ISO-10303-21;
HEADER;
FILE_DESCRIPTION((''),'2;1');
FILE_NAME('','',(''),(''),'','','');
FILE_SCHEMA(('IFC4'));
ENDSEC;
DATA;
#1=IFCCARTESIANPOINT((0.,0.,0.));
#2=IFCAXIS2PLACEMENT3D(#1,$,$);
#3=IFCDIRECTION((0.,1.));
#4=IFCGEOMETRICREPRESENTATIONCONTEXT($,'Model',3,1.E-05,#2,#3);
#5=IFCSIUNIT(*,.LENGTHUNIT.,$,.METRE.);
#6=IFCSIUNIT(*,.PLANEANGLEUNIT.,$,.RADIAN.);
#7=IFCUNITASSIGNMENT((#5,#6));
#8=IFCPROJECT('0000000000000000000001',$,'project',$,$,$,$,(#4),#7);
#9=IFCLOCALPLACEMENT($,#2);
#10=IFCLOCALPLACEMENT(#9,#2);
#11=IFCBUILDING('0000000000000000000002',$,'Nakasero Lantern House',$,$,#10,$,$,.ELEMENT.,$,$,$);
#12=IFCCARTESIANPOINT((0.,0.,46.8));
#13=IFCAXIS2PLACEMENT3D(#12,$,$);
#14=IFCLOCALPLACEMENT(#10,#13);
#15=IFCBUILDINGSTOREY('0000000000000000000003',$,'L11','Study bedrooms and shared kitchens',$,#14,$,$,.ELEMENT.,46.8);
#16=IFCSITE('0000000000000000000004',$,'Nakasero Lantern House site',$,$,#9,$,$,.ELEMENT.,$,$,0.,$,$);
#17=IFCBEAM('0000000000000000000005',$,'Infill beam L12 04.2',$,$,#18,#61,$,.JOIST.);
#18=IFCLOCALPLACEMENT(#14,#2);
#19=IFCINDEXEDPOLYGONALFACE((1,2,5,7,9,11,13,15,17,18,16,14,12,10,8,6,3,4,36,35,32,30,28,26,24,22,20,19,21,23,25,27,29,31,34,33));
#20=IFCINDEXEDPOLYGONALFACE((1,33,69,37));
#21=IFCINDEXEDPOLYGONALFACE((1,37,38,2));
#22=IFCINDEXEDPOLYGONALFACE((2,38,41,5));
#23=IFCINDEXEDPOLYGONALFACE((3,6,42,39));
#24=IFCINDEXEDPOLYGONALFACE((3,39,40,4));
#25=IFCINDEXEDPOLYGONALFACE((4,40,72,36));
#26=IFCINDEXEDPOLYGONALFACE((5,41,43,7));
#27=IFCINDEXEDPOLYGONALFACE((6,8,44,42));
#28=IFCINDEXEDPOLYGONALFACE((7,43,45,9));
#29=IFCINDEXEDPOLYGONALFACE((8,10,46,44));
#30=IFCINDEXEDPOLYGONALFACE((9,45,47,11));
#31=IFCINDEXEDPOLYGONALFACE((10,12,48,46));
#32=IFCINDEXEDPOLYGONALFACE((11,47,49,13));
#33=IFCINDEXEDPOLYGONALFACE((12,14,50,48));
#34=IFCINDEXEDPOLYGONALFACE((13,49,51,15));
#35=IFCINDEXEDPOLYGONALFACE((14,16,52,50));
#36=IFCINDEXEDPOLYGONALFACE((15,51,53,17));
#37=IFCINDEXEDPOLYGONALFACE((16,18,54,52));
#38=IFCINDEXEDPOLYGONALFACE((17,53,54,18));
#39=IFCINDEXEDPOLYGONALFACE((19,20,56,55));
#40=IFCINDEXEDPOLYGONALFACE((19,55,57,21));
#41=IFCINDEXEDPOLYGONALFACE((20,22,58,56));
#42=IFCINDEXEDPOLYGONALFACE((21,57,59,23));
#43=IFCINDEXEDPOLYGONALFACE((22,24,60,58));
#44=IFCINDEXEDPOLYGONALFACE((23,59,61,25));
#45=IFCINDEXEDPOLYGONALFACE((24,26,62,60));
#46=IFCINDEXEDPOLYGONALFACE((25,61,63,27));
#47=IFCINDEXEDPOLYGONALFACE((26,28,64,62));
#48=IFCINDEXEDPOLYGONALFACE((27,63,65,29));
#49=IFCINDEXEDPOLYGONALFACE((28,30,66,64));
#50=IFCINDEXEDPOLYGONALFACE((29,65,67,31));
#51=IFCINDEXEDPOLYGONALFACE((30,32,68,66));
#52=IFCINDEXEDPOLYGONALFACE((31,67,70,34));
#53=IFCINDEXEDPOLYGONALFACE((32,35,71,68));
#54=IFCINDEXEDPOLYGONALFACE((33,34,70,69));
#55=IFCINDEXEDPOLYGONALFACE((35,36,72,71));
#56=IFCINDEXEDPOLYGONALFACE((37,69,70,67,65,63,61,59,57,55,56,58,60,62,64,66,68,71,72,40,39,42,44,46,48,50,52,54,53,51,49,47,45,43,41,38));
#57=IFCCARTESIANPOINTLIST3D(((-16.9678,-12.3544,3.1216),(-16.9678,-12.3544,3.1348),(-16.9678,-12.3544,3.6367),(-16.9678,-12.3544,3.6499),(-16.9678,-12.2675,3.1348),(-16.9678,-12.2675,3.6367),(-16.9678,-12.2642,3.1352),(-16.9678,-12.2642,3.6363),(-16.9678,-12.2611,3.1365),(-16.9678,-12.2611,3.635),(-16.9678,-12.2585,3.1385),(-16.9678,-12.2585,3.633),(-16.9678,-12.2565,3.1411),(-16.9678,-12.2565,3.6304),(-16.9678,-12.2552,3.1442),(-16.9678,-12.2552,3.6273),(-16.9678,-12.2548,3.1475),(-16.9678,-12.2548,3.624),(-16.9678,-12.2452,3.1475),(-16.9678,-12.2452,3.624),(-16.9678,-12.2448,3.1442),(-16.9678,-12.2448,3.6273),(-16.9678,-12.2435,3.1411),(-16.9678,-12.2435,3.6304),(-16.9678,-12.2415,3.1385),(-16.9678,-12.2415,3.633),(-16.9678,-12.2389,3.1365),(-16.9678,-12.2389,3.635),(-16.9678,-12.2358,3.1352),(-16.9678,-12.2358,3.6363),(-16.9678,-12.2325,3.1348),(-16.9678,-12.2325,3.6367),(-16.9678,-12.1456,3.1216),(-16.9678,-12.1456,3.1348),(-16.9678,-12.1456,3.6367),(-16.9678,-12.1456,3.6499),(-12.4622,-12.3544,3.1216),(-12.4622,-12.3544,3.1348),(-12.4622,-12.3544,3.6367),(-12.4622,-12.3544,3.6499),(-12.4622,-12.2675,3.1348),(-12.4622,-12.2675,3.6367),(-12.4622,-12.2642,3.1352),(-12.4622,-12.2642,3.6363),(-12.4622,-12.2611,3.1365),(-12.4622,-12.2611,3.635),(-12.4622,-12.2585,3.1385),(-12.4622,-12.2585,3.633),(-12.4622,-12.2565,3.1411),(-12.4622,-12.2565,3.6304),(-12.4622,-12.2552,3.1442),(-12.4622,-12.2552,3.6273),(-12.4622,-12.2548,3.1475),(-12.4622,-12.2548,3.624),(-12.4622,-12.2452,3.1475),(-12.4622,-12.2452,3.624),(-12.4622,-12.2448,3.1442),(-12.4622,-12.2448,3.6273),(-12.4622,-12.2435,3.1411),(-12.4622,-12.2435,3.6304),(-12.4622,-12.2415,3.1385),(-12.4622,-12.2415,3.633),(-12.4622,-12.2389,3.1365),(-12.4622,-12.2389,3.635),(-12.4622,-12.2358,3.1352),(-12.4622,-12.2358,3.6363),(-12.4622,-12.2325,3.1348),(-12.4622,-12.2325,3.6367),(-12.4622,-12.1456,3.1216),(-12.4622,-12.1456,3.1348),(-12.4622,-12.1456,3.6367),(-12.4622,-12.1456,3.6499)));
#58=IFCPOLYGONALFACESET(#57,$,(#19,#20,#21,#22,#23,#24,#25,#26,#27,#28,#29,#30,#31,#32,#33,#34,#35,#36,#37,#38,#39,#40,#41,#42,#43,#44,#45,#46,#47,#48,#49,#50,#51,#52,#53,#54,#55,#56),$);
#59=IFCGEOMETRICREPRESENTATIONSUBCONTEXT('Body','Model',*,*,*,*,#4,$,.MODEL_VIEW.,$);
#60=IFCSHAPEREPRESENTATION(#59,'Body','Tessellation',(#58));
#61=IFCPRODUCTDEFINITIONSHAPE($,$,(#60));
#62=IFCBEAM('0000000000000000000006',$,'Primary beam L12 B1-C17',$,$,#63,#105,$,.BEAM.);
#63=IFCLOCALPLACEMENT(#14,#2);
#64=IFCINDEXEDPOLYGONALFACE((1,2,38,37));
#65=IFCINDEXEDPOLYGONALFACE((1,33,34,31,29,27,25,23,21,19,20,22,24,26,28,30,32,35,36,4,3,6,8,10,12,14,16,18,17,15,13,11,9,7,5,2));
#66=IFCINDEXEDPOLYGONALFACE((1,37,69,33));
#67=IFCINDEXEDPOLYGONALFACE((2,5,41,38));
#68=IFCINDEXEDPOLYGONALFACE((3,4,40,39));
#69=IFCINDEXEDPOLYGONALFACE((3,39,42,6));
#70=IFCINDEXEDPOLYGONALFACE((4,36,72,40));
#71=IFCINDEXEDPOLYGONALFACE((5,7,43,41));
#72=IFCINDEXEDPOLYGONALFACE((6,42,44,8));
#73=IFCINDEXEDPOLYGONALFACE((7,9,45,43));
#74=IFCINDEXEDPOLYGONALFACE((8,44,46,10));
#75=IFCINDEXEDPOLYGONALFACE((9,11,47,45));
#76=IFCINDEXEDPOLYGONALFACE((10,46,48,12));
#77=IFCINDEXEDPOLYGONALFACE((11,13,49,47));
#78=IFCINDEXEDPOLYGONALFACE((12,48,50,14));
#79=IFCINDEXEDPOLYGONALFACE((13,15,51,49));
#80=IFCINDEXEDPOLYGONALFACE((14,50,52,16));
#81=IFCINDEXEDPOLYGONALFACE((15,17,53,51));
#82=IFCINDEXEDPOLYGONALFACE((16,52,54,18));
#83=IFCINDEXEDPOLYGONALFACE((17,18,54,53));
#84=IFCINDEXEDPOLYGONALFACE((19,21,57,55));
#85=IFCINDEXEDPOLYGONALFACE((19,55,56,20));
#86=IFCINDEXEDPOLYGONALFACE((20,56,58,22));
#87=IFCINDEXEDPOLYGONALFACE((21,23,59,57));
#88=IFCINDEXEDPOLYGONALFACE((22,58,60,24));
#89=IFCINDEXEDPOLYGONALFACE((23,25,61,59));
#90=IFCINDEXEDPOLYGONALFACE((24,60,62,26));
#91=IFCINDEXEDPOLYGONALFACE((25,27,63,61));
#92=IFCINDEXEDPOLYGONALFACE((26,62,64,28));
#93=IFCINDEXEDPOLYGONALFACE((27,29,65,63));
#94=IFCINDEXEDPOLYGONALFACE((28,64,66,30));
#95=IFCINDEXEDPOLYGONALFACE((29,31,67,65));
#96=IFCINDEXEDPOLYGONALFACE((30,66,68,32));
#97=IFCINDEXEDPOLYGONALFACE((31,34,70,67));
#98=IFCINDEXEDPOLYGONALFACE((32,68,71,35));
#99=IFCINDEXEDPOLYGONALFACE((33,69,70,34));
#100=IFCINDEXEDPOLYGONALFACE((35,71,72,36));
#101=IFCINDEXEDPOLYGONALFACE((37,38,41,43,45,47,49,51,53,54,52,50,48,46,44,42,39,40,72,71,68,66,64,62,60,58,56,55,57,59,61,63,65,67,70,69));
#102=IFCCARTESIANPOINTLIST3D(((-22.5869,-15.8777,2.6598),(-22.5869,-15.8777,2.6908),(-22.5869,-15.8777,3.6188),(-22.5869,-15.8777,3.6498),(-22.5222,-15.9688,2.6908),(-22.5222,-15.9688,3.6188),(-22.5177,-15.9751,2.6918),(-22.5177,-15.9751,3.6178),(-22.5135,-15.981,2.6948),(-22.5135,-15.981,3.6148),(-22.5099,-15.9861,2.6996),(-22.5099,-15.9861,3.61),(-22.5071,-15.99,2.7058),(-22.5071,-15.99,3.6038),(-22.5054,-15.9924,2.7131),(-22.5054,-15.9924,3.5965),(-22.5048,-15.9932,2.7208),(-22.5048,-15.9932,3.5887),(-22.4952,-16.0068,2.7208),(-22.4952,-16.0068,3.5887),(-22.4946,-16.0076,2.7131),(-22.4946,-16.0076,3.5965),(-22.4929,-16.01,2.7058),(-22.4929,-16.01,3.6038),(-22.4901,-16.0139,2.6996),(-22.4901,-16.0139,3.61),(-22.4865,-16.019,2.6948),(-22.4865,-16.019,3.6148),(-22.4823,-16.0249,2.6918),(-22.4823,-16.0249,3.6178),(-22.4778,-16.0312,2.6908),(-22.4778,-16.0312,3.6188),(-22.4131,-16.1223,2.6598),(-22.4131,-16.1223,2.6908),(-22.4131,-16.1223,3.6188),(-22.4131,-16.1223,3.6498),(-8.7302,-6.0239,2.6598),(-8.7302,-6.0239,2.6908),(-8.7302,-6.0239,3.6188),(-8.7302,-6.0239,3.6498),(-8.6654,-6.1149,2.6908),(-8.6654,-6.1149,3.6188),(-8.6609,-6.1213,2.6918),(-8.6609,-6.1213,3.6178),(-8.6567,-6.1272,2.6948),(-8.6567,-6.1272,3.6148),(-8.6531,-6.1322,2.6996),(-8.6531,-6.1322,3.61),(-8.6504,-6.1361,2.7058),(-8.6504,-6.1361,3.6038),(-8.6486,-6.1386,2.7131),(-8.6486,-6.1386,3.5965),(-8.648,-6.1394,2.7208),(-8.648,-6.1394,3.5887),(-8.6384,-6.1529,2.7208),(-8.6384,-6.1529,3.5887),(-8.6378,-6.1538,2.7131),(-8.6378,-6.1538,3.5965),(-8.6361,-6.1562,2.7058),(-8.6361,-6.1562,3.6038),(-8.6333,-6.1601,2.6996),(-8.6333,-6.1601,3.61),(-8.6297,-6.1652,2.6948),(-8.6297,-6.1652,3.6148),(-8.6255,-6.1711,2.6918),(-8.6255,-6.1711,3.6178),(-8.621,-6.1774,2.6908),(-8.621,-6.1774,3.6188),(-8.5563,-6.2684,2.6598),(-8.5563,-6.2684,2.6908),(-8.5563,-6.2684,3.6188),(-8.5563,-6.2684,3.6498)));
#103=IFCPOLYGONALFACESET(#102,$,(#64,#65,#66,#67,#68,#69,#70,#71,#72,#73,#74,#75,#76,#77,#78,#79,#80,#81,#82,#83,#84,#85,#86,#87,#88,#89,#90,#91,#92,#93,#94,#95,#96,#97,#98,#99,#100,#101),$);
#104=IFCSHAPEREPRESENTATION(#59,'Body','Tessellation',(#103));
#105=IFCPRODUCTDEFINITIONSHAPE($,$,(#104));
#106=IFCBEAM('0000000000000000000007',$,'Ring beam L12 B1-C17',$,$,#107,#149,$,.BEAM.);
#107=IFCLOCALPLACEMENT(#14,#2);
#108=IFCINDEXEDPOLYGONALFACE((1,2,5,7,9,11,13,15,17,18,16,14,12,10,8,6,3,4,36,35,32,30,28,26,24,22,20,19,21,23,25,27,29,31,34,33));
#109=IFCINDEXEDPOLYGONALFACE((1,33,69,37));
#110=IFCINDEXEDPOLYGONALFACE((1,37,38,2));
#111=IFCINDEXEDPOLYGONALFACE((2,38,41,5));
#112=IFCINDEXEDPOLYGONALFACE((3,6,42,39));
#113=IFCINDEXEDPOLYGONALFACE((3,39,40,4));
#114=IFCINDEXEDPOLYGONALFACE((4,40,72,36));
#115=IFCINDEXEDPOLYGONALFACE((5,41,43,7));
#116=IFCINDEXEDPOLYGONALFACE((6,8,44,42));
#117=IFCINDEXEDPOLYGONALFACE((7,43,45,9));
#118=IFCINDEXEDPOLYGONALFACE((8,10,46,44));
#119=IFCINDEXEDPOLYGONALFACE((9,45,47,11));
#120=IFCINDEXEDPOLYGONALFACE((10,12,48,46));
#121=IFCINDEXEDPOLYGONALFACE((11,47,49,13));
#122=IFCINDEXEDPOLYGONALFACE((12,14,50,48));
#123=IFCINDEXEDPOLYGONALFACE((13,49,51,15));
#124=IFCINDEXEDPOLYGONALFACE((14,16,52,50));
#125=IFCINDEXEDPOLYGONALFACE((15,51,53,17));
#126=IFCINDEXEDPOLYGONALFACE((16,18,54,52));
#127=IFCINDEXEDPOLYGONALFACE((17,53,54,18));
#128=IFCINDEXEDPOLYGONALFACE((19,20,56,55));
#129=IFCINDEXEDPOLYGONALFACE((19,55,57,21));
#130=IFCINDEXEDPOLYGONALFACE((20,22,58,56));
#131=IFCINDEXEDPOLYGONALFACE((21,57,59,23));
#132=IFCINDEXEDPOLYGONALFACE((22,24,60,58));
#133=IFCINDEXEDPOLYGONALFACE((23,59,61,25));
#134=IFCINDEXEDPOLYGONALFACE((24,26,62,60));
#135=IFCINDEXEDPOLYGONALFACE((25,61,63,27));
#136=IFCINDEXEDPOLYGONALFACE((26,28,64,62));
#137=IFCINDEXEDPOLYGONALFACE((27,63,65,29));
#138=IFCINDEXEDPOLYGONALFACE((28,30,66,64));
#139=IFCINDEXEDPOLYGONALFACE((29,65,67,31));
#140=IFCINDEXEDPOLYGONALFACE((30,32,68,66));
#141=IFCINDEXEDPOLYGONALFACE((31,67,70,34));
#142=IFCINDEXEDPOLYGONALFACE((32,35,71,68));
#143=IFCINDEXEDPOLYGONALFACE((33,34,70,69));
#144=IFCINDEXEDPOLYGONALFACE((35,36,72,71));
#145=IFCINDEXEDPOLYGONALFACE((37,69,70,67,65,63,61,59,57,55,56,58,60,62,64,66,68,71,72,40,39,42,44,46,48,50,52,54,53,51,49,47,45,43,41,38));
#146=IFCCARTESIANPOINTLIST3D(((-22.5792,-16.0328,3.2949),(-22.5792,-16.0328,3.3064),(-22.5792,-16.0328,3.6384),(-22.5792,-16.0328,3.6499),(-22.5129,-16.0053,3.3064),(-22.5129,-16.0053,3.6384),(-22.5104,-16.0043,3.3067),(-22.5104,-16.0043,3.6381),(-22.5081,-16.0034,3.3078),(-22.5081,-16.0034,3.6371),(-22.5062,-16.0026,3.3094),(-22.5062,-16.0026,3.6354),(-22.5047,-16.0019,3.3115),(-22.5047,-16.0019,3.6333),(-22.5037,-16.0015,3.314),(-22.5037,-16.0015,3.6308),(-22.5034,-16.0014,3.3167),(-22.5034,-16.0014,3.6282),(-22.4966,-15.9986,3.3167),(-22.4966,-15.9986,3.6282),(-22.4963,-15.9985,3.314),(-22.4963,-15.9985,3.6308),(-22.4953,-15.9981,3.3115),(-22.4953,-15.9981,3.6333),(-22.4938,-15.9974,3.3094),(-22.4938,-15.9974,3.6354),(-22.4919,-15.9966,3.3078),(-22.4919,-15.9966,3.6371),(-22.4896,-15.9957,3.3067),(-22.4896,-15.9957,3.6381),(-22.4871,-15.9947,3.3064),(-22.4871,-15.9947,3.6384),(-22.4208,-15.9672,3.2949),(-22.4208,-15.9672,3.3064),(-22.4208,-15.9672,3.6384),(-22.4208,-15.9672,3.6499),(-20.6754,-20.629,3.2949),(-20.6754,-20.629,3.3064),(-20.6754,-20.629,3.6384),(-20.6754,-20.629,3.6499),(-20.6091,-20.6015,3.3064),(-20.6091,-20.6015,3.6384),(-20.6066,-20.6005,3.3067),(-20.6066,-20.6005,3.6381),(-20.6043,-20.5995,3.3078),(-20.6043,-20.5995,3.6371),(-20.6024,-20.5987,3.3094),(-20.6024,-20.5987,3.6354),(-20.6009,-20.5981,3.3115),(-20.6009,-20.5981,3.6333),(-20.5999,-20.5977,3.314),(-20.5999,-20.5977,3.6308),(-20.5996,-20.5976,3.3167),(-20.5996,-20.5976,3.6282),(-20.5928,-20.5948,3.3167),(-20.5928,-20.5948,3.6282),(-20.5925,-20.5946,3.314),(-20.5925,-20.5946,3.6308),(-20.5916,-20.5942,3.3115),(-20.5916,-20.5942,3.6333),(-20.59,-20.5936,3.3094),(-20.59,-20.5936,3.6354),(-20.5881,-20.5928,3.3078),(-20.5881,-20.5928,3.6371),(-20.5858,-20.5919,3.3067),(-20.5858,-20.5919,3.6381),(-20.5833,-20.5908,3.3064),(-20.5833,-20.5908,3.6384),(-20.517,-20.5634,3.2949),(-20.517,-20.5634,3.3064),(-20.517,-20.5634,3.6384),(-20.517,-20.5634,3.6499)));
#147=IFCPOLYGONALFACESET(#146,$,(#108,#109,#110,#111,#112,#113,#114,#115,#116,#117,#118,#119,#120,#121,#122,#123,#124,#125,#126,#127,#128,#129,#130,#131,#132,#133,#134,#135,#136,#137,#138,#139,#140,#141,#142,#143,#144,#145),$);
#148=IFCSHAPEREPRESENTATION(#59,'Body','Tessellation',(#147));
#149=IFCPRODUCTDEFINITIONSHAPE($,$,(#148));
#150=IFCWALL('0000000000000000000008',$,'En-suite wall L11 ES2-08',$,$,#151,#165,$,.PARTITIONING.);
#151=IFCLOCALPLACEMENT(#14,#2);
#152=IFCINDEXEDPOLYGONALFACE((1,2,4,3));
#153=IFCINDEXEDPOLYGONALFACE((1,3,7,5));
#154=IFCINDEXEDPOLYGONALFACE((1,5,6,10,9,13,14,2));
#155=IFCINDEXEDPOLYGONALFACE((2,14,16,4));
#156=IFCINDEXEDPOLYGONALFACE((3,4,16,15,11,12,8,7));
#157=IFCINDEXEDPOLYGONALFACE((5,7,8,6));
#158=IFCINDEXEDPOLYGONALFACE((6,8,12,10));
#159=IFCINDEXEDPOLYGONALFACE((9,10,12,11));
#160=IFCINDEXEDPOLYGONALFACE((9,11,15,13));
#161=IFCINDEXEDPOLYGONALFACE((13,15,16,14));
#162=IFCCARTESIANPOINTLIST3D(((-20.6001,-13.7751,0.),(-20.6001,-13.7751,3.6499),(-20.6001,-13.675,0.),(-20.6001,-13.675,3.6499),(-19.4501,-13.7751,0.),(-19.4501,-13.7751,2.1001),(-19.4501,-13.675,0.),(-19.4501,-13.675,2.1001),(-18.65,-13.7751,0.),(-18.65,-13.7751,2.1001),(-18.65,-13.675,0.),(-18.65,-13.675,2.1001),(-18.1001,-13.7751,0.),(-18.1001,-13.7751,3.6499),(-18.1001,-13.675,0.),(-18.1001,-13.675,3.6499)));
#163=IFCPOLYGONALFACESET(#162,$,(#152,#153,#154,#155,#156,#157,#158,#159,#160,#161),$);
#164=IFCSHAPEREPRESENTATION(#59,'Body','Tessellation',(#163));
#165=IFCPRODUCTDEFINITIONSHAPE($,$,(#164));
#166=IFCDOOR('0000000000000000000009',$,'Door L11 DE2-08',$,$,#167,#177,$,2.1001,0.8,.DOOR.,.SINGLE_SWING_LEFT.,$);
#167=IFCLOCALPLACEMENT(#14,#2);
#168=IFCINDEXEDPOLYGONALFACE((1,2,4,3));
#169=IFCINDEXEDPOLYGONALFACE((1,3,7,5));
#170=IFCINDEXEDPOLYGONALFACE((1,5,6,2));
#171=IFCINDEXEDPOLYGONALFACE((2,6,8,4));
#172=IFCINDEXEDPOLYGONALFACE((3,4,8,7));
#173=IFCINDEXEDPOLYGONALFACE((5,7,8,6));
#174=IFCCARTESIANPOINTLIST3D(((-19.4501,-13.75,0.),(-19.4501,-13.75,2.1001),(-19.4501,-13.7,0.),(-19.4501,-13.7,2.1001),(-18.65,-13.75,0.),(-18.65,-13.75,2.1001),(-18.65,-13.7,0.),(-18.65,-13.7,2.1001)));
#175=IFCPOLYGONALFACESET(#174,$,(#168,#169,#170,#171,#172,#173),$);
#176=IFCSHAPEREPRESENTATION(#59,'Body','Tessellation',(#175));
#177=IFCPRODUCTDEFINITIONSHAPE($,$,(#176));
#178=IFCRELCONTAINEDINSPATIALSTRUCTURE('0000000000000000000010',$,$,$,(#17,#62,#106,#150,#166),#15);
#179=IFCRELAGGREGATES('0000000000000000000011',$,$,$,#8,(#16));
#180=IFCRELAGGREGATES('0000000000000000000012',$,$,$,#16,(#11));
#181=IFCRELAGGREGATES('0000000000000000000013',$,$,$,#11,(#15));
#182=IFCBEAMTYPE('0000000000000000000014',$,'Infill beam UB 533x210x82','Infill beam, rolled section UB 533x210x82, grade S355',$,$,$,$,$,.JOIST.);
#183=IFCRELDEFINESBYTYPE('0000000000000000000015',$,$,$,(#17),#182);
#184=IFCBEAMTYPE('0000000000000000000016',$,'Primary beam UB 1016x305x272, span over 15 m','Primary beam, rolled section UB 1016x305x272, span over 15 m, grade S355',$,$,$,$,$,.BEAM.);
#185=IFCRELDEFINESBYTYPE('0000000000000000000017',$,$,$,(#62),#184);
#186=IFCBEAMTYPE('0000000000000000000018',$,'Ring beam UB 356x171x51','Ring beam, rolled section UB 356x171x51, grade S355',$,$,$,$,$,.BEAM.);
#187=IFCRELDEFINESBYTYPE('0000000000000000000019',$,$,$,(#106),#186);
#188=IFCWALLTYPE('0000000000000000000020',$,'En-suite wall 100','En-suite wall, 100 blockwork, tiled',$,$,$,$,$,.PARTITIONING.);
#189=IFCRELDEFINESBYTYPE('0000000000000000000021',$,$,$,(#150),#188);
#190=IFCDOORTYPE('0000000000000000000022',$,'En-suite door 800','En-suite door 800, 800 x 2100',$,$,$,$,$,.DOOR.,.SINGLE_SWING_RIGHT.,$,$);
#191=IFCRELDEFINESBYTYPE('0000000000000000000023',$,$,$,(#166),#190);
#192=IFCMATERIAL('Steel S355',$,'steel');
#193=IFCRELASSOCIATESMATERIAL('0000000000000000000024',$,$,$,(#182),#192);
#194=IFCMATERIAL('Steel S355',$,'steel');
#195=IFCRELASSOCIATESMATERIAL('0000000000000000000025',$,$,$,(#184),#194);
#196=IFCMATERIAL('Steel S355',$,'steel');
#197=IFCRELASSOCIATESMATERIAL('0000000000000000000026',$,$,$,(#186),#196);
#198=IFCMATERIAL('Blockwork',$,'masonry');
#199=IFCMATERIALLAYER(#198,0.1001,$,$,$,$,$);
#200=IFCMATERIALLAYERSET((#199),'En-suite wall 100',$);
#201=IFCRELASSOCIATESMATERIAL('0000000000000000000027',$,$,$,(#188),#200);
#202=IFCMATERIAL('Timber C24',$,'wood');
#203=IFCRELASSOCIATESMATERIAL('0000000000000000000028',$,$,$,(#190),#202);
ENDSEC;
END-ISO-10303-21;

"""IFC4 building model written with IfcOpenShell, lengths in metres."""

from ifc_helpers import new_model, si_unit, direction, frame, frame_2d, origin, origin_2d, place, context, subcontext, project, spatial, rectangle, i_section, extrude, material, layer, layer_set, material_profile, profile_set, type_object, element, fill, save


model = new_model("IFC4")

# Units and contexts
model_context = context("Model", 3, precision=1e-05, world=origin(), true_north=direction((0.0, 1.0)))
body_context = subcontext(model_context, "Body", "Model", "MODEL_VIEW")
ifc_project = project(units=[si_unit("LENGTHUNIT", "METRE"), si_unit("PLANEANGLEUNIT", "RADIAN")], contexts=[model_context])

# Site, building, storey
site_placement = place(None, origin())
site = spatial("IfcSite", under=ifc_project, at=site_placement, Name="Nakasero Lantern House site", CompositionType="ELEMENT", RefElevation=0.0)
building_placement = place(site_placement, origin())
building = spatial("IfcBuilding", under=site, at=building_placement, Name="Nakasero Lantern House", CompositionType="ELEMENT")
storey_placement = place(building_placement, frame((0.0, 0.0, 46.8)))
storey = spatial("IfcBuildingStorey", under=building, at=storey_placement, Name="L11", Description="Study bedrooms and shared kitchens", CompositionType="ELEMENT", Elevation=46.8)

# Beams
ifc_material_1 = material(Name="Steel S355", Category="steel")
ifc_material_profile_1 = material_profile(ifc_material_1, i_section(OverallWidth=0.2087, OverallDepth=0.5283, WebThickness=0.0095, FlangeThickness=0.0132, FilletRadius=0.0127, at=origin_2d()), Name="UB 533x210x82")
ifc_profile_set_1 = profile_set([ifc_material_profile_1], Name="Steel S355")
beam_type_1 = type_object("IfcBeamType", Name="Infill beam UB 533x210x82", Description="Infill beam, rolled section UB 533x210x82, grade S355", PredefinedType="JOIST", material=ifc_profile_set_1)
beam_1_placement = place(storey_placement, frame((-16.9678, -12.25, 3.3857), z_axis=(1.0, 0.0, 0.0), x_axis=(0.0, 1.0, 0.0)))
element("IfcBeam", 1, at=beam_1_placement, inside=storey, type_object=beam_type_1, Name="Infill beam L12 04.2", PredefinedType="JOIST", context=body_context, shape_type="SweptSolid", body=[
    extrude(i_section(OverallWidth=0.2087, OverallDepth=0.5283, WebThickness=0.0095, FlangeThickness=0.0132, FilletRadius=0.0127, at=origin_2d()), origin(), (0.0, 0.0, 1.0), 4.5056),
])
ifc_material_2 = material(Name="Steel S355", Category="steel")
ifc_material_profile_2 = material_profile(ifc_material_2, i_section(OverallWidth=0.3, OverallDepth=0.99, WebThickness=0.0166, FlangeThickness=0.031, FilletRadius=0.03, at=origin_2d()), Name="UB 1016x305x272")
ifc_profile_set_2 = profile_set([ifc_material_profile_2], Name="Steel S355")
beam_type_2 = type_object("IfcBeamType", Name="Primary beam UB 1016x305x272, span over 15 m", Description="Primary beam, rolled section UB 1016x305x272, span over 15 m, grade S355", PredefinedType="BEAM", material=ifc_profile_set_2)
beam_2_placement = place(storey_placement, frame((-22.5, -16.0, 3.1548), z_axis=(0.814952, 0.579528, 0.0), x_axis=(-0.579528, 0.814952, 0.0)))
element("IfcBeam", 2, at=beam_2_placement, inside=storey, type_object=beam_type_2, Name="Primary beam L12 B1-C17", PredefinedType="BEAM", context=body_context, shape_type="SweptSolid", body=[
    extrude(i_section(OverallWidth=0.3, OverallDepth=0.99, WebThickness=0.0166, FlangeThickness=0.031, FilletRadius=0.03, at=origin_2d()), origin(), (0.0, 0.0, 1.0), 17.0032),
])
ifc_material_3 = material(Name="Steel S355", Category="steel")
ifc_material_profile_3 = material_profile(ifc_material_3, i_section(OverallWidth=0.1714, OverallDepth=0.355, WebThickness=0.0073, FlangeThickness=0.0115, FilletRadius=0.0103, at=origin_2d()), Name="UB 356x171x51")
ifc_profile_set_3 = profile_set([ifc_material_profile_3], Name="Steel S355")
beam_type_3 = type_object("IfcBeamType", Name="Ring beam UB 356x171x51", Description="Ring beam, rolled section UB 356x171x51, grade S355", PredefinedType="BEAM", material=ifc_profile_set_3)
beam_3_placement = place(storey_placement, frame((-22.5, -16.0, 3.4724), z_axis=(0.382684, -0.923879, 0.0), x_axis=(0.923879, 0.382684, 0.0)))
element("IfcBeam", 3, at=beam_3_placement, inside=storey, type_object=beam_type_3, Name="Ring beam L12 B1-C17", PredefinedType="BEAM", context=body_context, shape_type="SweptSolid", body=[
    extrude(i_section(OverallWidth=0.1714, OverallDepth=0.355, WebThickness=0.0073, FlangeThickness=0.0115, FilletRadius=0.0103, at=origin_2d()), origin(), (0.0, 0.0, 1.0), 4.9749),
])

# Wall, opening, door
ifc_material_4 = material(Name="Blockwork", Category="masonry")
ifc_layer_1 = layer(ifc_material_4, 0.1001)
ifc_layer_set_1 = layer_set([ifc_layer_1], Name="En-suite wall 100")
wall_type_1 = type_object("IfcWallType", Name="En-suite wall 100", Description="En-suite wall, 100 blockwork, tiled", PredefinedType="PARTITIONING", material=ifc_layer_set_1)
wall_1_placement = place(storey_placement, frame((-18.1001, -13.7251, 0.0), z_axis=(0.0, 0.0, 1.0), x_axis=(-1.0, 0.0, 0.0)))
wall_1 = element("IfcWall", 4, at=wall_1_placement, inside=storey, type_object=wall_type_1, Name="En-suite wall L11 ES2-08", PredefinedType="PARTITIONING", context=body_context, shape_type="SweptSolid", body=[
    extrude(rectangle(XDim=2.5, YDim=0.1001, at=frame_2d((1.25, 0.0))), origin(), (0.0, 0.0, 1.0), 3.6499),
])
opening_1_placement = place(wall_1_placement, frame((0.55, 0.0, 0.0)))
opening_1 = element("IfcOpeningElement", 5, at=opening_1_placement, cuts=wall_1, PredefinedType="OPENING", context=body_context, shape_type="SweptSolid", body=[
    extrude(rectangle(XDim=0.8, YDim=2.1001, at=frame_2d((0.3999, 1.05))), frame((0.0, 0.0701, 0.0), z_axis=(0.0, -1.0, 0.0), x_axis=(1.0, 0.0, 0.0)), (0.0, 0.0, 1.0), 0.1401),
])
ifc_material_5 = material(Name="Timber C24", Category="wood")
door_type_1 = type_object("IfcDoorType", Name="En-suite door 800", Description="En-suite door 800, 800 x 2100", OperationType="SINGLE_SWING_RIGHT", PredefinedType="DOOR", material=ifc_material_5)
door_1_placement = place(opening_1_placement, origin())
door_1 = element("IfcDoor", 6, at=door_1_placement, inside=storey, type_object=door_type_1, Name="Door L11 DE2-08", OperationType="SINGLE_SWING_LEFT", OverallHeight=2.1001, OverallWidth=0.8, PredefinedType="DOOR", context=body_context, shape_type="SweptSolid", body=[
    extrude(rectangle(XDim=0.8, YDim=2.1001, at=frame_2d((0.3999, 1.05))), frame((0.0, 0.0249, 0.0), z_axis=(0.0, -1.0, 0.0), x_axis=(1.0, 0.0, 0.0)), (0.0, 0.0, 1.0), 0.05),
])
fill(opening_1, door_1)

save(model, "model.ifc")
